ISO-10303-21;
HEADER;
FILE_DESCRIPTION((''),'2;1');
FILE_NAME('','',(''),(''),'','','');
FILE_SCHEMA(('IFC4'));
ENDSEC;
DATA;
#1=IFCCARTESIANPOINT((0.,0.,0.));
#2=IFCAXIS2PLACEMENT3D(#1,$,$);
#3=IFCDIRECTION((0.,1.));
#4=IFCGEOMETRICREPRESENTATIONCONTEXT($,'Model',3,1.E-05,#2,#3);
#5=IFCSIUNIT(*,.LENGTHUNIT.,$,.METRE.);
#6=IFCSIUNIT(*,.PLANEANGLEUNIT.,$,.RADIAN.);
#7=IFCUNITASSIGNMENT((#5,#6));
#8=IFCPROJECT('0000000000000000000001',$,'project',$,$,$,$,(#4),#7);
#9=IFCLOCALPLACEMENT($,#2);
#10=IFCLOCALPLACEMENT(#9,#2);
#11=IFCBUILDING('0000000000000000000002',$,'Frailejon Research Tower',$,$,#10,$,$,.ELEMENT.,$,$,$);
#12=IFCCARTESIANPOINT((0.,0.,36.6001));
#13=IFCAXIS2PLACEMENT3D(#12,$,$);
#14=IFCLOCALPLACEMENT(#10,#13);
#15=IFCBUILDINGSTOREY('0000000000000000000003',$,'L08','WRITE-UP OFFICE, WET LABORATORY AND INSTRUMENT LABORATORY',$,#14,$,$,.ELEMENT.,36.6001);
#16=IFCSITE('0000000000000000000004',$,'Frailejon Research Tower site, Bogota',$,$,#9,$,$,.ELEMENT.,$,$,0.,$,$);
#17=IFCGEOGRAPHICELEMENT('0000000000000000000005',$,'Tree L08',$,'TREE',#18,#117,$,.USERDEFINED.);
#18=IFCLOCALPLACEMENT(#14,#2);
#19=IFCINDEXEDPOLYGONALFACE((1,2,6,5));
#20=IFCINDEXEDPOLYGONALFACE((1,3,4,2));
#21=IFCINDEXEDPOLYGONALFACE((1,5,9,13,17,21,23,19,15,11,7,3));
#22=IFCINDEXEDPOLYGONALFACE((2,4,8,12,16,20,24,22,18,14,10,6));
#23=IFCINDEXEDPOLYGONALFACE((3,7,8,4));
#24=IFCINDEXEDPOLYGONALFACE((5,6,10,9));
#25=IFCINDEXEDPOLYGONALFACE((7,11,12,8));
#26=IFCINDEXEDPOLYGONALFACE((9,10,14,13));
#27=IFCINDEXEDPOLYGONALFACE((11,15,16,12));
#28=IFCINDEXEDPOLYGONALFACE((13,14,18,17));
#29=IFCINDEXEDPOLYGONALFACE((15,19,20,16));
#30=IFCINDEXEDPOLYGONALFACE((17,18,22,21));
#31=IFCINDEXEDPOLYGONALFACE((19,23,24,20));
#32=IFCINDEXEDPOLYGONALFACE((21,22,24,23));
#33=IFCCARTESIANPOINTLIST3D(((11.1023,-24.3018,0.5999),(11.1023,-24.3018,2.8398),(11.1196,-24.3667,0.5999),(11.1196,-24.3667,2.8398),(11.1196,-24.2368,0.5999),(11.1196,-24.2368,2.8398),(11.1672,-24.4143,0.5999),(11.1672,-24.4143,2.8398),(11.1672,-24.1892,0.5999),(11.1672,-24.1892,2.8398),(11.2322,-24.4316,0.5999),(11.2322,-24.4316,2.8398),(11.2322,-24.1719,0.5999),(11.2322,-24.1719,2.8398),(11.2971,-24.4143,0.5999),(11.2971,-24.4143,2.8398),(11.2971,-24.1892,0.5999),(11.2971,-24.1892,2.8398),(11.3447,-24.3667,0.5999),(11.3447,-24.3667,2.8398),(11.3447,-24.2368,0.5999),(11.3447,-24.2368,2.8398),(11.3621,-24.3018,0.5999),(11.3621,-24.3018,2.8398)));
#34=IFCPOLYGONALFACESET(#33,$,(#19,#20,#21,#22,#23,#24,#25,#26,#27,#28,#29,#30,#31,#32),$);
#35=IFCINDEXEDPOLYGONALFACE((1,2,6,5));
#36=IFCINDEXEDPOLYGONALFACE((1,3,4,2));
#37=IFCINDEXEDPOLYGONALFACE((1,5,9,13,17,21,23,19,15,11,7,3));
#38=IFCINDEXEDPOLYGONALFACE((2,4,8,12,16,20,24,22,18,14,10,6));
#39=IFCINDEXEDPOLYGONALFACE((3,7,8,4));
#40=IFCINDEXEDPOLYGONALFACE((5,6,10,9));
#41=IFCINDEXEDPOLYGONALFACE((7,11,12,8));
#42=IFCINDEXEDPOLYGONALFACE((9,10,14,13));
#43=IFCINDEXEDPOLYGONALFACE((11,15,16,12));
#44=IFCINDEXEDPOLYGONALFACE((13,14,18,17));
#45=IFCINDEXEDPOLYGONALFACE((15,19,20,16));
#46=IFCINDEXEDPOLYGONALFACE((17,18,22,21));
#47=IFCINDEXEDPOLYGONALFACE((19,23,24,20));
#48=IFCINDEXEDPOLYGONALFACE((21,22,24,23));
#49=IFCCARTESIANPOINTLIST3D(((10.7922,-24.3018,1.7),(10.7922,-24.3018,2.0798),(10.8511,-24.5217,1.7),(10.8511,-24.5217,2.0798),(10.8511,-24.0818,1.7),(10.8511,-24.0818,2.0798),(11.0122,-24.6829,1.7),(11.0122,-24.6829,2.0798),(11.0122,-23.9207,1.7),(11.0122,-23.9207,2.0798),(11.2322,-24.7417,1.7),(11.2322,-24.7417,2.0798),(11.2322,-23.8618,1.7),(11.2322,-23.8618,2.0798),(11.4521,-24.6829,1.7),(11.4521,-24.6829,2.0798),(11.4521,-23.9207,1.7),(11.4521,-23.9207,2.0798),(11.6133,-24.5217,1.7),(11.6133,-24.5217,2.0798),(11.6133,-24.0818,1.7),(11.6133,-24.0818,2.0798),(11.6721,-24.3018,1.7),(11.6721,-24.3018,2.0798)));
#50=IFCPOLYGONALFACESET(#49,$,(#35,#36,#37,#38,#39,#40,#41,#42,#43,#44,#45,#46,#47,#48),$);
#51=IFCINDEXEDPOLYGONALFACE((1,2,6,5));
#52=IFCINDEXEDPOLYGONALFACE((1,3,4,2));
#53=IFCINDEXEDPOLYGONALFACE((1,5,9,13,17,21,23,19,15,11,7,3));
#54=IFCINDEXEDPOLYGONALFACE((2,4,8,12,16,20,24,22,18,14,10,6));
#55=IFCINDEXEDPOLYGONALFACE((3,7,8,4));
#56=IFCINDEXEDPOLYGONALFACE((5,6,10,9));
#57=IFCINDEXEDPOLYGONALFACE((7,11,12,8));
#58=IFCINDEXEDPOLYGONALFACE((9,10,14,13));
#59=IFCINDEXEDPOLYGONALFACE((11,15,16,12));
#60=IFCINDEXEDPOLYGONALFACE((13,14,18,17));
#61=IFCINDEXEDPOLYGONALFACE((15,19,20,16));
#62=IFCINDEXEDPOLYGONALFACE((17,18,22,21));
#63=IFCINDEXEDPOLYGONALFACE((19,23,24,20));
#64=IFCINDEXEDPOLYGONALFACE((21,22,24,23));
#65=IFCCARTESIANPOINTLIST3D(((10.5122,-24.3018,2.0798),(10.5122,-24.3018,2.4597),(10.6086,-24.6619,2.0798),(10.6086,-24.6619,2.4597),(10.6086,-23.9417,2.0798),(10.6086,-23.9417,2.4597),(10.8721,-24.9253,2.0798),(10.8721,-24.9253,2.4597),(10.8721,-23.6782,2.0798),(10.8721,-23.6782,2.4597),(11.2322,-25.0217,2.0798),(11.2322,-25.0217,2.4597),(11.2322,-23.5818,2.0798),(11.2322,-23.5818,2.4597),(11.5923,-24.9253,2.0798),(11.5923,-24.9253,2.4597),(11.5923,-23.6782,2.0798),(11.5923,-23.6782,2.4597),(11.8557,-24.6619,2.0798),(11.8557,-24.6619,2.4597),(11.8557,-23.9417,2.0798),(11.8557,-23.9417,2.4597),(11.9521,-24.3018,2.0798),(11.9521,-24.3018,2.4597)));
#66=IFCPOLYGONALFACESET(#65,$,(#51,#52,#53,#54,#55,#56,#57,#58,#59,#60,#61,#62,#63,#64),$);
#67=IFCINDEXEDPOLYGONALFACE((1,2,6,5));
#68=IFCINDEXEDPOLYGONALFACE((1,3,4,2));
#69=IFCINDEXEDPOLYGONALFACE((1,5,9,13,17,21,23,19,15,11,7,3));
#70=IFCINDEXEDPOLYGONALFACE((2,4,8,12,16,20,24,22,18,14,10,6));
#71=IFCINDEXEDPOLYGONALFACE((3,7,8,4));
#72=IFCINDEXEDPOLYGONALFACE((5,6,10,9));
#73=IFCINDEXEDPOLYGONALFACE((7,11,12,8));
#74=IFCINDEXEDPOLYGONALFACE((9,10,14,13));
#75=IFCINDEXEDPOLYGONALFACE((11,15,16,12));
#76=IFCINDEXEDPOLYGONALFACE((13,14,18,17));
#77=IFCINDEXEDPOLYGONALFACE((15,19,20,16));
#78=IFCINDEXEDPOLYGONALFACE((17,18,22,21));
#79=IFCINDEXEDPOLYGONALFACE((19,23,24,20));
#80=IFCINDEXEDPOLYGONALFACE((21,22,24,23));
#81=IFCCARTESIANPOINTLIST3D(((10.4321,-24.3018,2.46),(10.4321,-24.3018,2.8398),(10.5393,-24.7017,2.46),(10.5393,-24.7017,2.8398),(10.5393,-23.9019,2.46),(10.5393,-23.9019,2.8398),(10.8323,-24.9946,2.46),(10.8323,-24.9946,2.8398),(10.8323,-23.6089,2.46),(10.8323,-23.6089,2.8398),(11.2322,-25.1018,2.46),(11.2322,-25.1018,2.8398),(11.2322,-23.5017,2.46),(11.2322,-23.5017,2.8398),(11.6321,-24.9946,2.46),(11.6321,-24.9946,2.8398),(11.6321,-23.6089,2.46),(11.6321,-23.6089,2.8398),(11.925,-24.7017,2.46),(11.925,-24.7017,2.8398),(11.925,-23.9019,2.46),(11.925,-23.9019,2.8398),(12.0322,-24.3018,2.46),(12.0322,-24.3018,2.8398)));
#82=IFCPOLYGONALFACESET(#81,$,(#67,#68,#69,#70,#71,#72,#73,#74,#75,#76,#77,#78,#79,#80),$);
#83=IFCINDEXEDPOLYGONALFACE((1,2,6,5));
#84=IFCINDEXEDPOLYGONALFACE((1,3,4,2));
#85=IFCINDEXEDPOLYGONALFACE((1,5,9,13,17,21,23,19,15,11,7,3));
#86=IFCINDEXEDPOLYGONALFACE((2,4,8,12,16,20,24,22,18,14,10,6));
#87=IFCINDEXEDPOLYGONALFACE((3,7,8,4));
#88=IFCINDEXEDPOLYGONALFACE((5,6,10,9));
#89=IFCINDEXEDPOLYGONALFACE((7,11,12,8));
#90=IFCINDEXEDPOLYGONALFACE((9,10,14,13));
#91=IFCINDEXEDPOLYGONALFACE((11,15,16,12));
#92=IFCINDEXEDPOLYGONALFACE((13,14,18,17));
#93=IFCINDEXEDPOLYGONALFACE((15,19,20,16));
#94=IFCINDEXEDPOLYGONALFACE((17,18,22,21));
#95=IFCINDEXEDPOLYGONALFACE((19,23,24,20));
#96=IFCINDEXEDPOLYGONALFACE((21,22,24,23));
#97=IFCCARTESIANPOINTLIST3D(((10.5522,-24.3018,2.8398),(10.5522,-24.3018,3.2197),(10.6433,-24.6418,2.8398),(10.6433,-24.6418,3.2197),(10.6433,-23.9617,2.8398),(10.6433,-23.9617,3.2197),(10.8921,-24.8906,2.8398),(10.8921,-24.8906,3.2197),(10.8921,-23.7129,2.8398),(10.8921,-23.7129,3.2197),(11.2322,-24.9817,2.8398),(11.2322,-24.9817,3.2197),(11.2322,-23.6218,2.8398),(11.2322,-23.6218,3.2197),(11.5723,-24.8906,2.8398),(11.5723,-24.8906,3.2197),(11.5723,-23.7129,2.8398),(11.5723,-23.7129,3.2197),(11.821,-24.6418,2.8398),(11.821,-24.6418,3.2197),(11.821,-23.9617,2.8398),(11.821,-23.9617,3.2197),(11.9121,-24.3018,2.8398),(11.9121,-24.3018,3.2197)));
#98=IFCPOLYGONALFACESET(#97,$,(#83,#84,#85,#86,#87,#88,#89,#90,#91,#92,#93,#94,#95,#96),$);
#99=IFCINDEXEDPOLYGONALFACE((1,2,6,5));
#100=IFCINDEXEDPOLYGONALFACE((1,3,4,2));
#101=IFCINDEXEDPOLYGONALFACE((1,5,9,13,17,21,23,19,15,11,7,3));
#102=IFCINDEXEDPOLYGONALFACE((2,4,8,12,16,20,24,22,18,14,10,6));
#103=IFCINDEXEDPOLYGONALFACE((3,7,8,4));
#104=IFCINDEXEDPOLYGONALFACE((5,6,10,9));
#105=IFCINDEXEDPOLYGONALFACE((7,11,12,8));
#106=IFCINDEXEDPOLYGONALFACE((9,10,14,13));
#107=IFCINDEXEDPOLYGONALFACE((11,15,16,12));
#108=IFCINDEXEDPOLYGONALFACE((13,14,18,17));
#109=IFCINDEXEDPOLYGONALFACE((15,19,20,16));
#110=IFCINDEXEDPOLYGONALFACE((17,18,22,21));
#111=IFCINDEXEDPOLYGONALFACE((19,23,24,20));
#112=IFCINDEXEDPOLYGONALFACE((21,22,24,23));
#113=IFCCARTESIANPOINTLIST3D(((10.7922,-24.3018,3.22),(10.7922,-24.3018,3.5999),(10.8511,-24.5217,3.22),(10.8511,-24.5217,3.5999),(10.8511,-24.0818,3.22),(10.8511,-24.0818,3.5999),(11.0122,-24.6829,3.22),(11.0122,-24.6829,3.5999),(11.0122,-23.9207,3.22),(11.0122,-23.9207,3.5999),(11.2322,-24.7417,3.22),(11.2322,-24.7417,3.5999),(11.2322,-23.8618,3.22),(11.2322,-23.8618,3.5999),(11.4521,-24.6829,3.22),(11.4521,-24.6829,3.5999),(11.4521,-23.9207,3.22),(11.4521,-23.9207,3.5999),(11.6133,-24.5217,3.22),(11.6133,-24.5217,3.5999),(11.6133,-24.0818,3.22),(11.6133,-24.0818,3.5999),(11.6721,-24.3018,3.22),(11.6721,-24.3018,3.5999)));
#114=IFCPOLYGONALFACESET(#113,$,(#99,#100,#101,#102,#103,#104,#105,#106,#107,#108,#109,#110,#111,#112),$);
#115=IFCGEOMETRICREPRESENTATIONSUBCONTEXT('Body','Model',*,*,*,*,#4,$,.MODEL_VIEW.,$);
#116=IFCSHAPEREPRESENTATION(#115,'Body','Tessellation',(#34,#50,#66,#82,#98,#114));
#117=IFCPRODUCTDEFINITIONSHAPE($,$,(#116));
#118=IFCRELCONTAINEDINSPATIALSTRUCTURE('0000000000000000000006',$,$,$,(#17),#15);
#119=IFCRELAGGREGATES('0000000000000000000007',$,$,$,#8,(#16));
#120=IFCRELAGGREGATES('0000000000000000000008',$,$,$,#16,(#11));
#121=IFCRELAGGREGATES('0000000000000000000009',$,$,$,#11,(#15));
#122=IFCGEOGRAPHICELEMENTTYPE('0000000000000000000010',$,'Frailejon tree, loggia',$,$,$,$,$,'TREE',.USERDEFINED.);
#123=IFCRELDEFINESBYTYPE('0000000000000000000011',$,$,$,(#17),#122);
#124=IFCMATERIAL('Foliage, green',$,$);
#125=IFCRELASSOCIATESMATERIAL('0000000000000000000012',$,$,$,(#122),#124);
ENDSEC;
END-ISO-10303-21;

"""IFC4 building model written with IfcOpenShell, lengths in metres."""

from ifc_helpers import new_model, si_unit, direction, frame, origin, place, context, subcontext, project, spatial, polyline, outline, extrude, material, type_object, element, save


model = new_model("IFC4")

# Units and contexts
model_context = context("Model", 3, precision=1e-05, world=origin(), true_north=direction((0.0, 1.0)))
body_context = subcontext(model_context, "Body", "Model", "MODEL_VIEW")
ifc_project = project(units=[si_unit("LENGTHUNIT", "METRE"), si_unit("PLANEANGLEUNIT", "RADIAN")], contexts=[model_context])

# Site, building, storey
site_placement = place(None, origin())
site = spatial("IfcSite", under=ifc_project, at=site_placement, Name="Frailejon Research Tower site, Bogota", CompositionType="ELEMENT", RefElevation=0.0)
building_placement = place(site_placement, origin())
building = spatial("IfcBuilding", under=site, at=building_placement, Name="Frailejon Research Tower", CompositionType="ELEMENT")
storey_placement = place(building_placement, frame((0.0, 0.0, 36.6001)))
storey = spatial("IfcBuildingStorey", under=building, at=storey_placement, Name="L08", Description="WRITE-UP OFFICE, WET LABORATORY AND INSTRUMENT LABORATORY", CompositionType="ELEMENT", Elevation=36.6001)

# Geographic element
ifc_material_1 = material(Name="Foliage, green")
geographic_element_type = type_object("IfcGeographicElementType", Name="Frailejon tree, loggia", ElementType="TREE", PredefinedType="USERDEFINED", material=ifc_material_1)
geographic_element_placement = place(storey_placement, frame((11.2322, -24.3018, 0.5999)))
element("IfcGeographicElement", 1, at=geographic_element_placement, inside=storey, type_object=geographic_element_type, Name="Tree L08", ObjectType="TREE", PredefinedType="USERDEFINED", context=body_context, shape_type="SweptSolid", body=[
    extrude(outline(polyline([(0.1299, 0.0), (0.1125, 0.0649), (0.0649, 0.1125), (0.0, 0.1299), (-0.0649, 0.1125), (-0.1125, 0.0649), (-0.1299, 0.0), (-0.1125, -0.0649), (-0.0649, -0.1125), (0.0, -0.1299), (0.0649, -0.1125), (0.1125, -0.0649), (0.1299, 0.0)])), origin(), (0.0, 0.0, 1.0), 2.24),
    extrude(outline(polyline([(0.4399, 0.0), (0.3811, 0.22), (0.22, 0.3811), (0.0, 0.4399), (-0.22, 0.3811), (-0.3811, 0.22), (-0.4399, 0.0), (-0.3811, -0.22), (-0.22, -0.3811), (0.0, -0.4399), (0.22, -0.3811), (0.3811, -0.22), (0.4399, 0.0)])), frame((0.0, 0.0, 1.1001)), (0.0, 0.0, 1.0), 0.3799),
    extrude(outline(polyline([(0.72, 0.0), (0.6235, 0.3601), (0.3601, 0.6235), (0.0, 0.72), (-0.3601, 0.6235), (-0.6235, 0.3601), (-0.72, 0.0), (-0.6235, -0.3601), (-0.3601, -0.6235), (0.0, -0.72), (0.3601, -0.6235), (0.6235, -0.3601), (0.72, 0.0)])), frame((0.0, 0.0, 1.48)), (0.0, 0.0, 1.0), 0.3799),
    extrude(outline(polyline([(0.8, 0.0), (0.6929, 0.3999), (0.3999, 0.6929), (0.0, 0.8), (-0.3999, 0.6929), (-0.6929, 0.3999), (-0.8, 0.0), (-0.6929, -0.3999), (-0.3999, -0.6929), (0.0, -0.8), (0.3999, -0.6929), (0.6929, -0.3999), (0.8, 0.0)])), frame((0.0, 0.0, 1.8601)), (0.0, 0.0, 1.0), 0.3799),
    extrude(outline(polyline([(0.6799, 0.0), (0.5889, 0.3401), (0.3401, 0.5889), (0.0, 0.6799), (-0.3401, 0.5889), (-0.5889, 0.3401), (-0.6799, 0.0), (-0.5889, -0.3401), (-0.3401, -0.5889), (0.0, -0.6799), (0.3401, -0.5889), (0.5889, -0.3401), (0.6799, 0.0)])), frame((0.0, 0.0, 2.24)), (0.0, 0.0, 1.0), 0.3799),
    extrude(outline(polyline([(0.4399, 0.0), (0.3811, 0.22), (0.22, 0.3811), (0.0, 0.4399), (-0.22, 0.3811), (-0.3811, 0.22), (-0.4399, 0.0), (-0.3811, -0.22), (-0.22, -0.3811), (0.0, -0.4399), (0.22, -0.3811), (0.3811, -0.22), (0.4399, 0.0)])), frame((0.0, 0.0, 2.6201)), (0.0, 0.0, 1.0), 0.3799),
])

save(model, "model.ifc")
